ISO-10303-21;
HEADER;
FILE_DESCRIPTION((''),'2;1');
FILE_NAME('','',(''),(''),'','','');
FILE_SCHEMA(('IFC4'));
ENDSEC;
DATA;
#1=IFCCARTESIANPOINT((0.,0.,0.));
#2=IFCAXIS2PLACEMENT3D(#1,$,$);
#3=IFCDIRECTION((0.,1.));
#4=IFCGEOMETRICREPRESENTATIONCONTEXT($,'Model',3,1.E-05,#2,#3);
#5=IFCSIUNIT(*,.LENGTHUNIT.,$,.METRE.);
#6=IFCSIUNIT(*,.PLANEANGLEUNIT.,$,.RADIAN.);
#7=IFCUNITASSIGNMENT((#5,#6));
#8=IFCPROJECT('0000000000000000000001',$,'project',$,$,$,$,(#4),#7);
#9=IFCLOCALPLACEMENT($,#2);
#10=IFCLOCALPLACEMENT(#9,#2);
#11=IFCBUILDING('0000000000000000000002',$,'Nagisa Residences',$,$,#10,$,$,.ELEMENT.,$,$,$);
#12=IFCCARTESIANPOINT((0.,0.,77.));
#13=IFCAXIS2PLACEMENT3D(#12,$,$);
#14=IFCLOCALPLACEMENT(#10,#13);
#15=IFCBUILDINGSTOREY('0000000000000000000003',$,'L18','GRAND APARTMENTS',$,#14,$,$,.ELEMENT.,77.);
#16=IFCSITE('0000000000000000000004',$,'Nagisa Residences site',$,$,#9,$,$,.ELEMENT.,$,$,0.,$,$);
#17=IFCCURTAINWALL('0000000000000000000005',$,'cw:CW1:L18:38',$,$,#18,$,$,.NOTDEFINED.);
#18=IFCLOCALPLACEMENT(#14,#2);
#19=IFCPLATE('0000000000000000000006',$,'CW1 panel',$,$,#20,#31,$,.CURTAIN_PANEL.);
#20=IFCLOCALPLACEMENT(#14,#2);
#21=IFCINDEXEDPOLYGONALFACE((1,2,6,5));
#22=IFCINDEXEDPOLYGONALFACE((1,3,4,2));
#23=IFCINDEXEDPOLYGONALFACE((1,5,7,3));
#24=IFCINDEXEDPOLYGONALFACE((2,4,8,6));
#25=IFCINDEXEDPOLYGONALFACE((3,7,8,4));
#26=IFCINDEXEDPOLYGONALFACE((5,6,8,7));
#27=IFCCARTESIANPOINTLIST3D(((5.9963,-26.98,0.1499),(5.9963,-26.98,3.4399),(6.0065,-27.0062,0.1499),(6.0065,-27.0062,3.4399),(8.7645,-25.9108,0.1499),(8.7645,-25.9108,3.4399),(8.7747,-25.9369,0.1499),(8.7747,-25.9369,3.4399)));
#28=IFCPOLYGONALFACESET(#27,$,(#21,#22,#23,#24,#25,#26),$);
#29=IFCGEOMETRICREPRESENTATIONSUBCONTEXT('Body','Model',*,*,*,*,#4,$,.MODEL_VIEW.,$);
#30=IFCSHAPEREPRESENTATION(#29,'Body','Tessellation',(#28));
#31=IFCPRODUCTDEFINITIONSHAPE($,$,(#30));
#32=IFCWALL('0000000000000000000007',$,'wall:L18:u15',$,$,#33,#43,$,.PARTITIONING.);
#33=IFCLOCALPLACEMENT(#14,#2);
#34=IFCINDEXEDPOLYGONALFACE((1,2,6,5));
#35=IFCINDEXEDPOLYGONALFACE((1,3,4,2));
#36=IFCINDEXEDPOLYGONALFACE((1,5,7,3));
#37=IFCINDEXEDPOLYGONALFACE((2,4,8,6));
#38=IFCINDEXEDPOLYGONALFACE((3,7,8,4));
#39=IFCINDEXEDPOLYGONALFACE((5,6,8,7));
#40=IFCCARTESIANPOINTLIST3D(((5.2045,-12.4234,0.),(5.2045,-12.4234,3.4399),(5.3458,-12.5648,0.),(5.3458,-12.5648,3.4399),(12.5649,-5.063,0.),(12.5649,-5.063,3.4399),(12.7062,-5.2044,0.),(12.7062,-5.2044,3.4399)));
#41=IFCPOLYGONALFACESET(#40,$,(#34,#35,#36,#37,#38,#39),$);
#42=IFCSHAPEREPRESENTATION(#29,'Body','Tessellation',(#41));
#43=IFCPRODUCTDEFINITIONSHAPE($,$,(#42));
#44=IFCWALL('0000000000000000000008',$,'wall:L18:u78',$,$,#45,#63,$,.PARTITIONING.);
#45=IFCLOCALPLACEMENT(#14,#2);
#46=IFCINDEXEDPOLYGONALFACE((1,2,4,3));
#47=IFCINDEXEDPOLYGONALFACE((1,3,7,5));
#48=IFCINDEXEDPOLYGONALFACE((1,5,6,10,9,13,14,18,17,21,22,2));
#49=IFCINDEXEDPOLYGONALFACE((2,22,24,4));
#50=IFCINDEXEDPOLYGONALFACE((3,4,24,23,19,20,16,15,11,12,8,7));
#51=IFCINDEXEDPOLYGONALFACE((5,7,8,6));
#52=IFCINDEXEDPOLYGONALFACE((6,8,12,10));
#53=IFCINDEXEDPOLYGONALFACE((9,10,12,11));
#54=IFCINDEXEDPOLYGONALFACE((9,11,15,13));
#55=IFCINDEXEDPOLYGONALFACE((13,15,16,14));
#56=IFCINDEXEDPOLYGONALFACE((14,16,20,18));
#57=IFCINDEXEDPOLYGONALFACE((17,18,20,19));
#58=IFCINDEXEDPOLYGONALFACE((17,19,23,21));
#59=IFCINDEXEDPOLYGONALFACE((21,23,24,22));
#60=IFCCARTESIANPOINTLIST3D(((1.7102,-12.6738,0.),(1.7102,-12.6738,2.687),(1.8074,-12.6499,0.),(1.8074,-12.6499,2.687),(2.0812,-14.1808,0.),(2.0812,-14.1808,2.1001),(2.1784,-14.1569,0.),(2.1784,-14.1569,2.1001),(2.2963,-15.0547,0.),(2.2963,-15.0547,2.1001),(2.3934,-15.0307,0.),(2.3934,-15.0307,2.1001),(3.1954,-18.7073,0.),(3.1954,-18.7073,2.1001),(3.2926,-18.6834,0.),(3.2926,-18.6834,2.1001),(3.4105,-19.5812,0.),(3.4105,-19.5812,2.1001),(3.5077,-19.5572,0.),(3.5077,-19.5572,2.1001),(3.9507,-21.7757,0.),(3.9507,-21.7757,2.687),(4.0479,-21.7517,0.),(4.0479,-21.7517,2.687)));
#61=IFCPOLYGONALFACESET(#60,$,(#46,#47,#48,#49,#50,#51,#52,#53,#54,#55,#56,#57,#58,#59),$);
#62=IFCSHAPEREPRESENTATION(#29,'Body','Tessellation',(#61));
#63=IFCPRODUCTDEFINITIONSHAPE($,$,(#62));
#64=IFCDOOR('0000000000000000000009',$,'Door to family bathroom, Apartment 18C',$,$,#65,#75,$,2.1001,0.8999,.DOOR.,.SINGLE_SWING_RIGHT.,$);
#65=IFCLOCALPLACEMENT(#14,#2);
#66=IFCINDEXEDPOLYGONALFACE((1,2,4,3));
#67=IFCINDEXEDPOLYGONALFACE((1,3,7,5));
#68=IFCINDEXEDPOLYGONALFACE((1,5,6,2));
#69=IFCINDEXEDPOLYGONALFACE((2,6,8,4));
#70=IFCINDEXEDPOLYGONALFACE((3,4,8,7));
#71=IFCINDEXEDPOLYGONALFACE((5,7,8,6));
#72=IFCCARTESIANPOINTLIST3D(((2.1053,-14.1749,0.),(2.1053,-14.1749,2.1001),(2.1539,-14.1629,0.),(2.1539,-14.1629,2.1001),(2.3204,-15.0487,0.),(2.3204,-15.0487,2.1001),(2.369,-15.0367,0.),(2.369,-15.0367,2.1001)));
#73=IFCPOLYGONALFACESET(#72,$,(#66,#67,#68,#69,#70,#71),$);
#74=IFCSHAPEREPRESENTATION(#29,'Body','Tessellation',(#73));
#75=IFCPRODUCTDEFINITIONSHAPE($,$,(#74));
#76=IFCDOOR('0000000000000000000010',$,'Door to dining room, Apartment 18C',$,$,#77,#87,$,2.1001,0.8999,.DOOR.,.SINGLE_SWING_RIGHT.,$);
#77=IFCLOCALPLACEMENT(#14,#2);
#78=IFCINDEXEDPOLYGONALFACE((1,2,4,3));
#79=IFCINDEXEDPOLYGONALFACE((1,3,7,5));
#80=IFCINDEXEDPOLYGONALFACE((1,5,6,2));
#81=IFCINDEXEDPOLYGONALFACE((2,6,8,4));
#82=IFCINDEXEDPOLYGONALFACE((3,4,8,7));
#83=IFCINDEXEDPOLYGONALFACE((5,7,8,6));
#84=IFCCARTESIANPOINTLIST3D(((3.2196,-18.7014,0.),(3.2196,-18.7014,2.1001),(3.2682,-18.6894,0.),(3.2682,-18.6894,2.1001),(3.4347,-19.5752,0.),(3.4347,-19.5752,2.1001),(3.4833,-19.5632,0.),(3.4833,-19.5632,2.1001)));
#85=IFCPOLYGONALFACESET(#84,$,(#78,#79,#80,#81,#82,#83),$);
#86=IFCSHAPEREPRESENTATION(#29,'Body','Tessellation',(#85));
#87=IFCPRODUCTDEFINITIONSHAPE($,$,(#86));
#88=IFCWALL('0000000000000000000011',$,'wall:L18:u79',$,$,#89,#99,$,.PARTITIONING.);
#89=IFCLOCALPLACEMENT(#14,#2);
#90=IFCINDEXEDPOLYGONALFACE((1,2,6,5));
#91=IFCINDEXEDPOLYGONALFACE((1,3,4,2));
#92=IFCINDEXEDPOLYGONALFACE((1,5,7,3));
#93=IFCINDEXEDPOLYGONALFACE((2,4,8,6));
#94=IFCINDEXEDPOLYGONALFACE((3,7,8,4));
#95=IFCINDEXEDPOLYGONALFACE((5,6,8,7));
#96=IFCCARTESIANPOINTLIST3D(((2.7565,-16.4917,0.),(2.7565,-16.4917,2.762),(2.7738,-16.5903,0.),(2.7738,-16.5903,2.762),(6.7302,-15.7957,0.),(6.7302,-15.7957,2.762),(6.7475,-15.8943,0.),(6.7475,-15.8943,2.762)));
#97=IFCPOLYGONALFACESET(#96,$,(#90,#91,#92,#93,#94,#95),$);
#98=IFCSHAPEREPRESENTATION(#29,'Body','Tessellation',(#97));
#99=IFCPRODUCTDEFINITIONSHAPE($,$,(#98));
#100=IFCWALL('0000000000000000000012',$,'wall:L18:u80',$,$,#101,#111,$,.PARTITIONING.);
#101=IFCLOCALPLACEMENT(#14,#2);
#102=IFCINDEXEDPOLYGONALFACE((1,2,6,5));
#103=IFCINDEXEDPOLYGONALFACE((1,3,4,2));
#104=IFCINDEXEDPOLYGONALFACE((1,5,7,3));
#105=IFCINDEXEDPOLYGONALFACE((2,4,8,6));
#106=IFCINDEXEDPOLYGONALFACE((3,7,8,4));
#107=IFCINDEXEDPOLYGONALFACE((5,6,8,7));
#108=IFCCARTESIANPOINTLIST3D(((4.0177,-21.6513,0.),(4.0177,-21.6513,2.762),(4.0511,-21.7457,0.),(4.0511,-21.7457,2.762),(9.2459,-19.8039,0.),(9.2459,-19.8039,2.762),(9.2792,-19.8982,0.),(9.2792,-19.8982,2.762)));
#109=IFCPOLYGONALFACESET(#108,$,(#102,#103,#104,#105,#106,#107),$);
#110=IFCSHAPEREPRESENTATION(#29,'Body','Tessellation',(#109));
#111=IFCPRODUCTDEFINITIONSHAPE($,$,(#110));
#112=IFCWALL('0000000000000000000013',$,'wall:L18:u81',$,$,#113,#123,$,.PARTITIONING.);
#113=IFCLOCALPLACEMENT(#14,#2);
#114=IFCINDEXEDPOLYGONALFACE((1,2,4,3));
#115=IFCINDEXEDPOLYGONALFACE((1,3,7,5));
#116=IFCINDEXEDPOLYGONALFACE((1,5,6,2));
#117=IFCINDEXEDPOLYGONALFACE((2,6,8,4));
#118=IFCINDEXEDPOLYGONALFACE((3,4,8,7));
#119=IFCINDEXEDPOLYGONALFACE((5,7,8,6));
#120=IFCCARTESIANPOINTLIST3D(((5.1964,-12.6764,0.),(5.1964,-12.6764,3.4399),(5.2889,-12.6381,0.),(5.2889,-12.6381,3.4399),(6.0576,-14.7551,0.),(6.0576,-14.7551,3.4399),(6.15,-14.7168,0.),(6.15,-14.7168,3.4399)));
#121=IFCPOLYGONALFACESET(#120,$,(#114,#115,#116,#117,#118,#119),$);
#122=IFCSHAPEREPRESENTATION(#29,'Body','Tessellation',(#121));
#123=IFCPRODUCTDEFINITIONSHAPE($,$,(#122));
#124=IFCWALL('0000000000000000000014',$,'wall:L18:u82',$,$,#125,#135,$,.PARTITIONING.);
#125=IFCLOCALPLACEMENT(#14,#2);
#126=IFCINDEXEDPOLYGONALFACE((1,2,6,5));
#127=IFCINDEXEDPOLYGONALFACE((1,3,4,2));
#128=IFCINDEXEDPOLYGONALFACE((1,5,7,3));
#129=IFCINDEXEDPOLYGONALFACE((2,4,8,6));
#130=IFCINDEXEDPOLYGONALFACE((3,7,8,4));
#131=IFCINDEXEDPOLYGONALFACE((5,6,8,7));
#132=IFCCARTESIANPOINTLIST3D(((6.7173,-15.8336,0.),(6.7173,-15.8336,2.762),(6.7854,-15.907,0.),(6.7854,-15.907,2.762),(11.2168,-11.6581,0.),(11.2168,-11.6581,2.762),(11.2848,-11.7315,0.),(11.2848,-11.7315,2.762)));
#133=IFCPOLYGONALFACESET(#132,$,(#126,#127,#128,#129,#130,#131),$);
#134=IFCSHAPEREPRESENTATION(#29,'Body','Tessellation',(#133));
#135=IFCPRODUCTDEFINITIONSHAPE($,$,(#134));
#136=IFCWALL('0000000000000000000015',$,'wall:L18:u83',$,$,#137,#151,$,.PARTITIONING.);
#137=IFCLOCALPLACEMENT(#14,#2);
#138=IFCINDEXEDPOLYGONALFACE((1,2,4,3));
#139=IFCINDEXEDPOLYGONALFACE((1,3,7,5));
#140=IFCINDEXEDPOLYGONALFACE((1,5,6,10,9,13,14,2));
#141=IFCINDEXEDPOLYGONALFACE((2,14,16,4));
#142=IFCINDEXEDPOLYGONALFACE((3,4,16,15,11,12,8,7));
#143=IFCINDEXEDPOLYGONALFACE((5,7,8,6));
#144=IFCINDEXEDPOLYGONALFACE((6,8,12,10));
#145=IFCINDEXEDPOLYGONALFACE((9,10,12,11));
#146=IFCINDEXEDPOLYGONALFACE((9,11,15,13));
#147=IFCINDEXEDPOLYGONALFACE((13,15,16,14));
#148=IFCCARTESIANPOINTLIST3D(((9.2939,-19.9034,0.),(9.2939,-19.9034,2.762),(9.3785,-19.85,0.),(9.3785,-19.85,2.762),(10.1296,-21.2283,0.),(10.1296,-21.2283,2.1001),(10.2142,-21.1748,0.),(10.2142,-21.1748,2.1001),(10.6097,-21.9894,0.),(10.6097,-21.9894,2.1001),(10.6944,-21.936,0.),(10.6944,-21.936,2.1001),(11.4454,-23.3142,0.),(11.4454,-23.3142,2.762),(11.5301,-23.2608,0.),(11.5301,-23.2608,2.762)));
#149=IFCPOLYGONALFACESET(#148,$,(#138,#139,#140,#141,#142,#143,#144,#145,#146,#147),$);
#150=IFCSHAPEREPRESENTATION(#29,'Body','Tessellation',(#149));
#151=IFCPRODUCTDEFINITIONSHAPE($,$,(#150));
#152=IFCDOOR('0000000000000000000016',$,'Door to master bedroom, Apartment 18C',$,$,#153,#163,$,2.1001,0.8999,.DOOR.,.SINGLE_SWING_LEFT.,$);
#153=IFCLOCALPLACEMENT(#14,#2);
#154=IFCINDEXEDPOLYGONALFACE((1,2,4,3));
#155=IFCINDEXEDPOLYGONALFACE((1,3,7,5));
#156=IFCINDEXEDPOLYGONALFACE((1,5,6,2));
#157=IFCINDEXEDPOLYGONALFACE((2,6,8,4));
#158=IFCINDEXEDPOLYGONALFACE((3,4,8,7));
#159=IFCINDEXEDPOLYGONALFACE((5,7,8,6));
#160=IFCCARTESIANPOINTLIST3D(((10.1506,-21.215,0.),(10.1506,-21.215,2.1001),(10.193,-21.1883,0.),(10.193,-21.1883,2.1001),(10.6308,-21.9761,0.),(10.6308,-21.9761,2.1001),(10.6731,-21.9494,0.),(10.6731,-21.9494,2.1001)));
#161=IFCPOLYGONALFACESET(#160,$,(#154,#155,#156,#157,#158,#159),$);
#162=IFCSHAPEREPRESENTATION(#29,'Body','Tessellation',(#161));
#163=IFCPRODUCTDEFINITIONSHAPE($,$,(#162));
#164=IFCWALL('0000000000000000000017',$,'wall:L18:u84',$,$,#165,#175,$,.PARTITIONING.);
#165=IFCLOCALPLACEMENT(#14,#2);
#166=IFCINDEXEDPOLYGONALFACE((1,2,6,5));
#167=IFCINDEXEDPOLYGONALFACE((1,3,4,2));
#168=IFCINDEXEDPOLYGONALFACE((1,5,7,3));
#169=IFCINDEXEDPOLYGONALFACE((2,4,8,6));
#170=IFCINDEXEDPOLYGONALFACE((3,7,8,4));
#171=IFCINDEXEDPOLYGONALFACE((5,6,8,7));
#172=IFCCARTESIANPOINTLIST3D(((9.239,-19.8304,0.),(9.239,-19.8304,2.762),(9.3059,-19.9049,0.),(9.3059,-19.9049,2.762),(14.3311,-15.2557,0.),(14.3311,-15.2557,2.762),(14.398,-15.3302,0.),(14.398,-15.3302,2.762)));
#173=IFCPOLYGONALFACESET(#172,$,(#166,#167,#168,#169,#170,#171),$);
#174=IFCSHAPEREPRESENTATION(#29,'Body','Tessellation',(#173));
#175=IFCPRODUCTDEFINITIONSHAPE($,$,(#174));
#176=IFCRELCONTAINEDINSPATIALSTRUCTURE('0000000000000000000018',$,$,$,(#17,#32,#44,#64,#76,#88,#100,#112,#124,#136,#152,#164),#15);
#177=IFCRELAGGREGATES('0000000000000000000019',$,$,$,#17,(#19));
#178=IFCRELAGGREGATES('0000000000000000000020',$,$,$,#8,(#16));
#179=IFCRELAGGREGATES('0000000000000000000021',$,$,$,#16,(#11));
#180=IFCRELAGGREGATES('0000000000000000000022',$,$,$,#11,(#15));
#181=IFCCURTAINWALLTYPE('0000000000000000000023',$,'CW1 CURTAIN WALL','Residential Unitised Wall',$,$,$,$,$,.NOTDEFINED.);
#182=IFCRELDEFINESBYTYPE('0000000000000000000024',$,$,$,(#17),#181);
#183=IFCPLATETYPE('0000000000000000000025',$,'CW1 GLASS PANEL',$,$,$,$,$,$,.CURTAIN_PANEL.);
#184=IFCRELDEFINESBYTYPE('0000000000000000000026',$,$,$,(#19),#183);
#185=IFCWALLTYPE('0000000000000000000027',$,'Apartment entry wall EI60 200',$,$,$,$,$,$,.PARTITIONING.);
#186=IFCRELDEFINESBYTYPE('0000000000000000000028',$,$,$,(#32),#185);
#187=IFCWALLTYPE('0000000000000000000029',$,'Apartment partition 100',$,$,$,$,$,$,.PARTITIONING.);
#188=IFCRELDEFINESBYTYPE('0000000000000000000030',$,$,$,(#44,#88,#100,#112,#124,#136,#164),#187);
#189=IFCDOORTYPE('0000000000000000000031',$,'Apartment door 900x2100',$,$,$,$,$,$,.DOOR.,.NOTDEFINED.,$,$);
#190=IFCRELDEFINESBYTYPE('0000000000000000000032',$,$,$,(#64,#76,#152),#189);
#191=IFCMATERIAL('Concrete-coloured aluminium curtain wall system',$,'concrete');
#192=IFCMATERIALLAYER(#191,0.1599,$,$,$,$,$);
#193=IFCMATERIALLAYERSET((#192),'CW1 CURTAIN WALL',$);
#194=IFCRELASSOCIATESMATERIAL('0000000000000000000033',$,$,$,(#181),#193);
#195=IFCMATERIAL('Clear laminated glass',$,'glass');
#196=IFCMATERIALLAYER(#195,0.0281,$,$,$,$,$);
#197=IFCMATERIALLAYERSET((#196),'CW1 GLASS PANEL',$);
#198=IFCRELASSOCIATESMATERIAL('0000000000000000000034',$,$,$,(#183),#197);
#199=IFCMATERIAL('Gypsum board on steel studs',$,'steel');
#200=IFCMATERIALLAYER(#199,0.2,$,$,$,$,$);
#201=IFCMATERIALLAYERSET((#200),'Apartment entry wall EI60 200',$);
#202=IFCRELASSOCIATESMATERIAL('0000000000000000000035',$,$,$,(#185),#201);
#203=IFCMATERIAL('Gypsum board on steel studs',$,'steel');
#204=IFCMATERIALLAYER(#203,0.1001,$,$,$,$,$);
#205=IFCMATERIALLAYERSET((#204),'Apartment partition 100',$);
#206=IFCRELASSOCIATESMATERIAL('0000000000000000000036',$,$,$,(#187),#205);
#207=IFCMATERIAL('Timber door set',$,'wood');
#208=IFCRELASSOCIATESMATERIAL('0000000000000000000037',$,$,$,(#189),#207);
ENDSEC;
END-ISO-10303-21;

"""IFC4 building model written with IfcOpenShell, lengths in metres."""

from ifc_helpers import new_model, si_unit, direction, frame, frame_2d, origin, origin_2d, place, context, subcontext, project, spatial, rectangle, extrude, material, layer, layer_set, type_object, element, fill, aggregate, save


model = new_model("IFC4")

# Units and contexts
model_context = context("Model", 3, precision=1e-05, world=origin(), true_north=direction((0.0, 1.0)))
body_context = subcontext(model_context, "Body", "Model", "MODEL_VIEW")
ifc_project = project(units=[si_unit("LENGTHUNIT", "METRE"), si_unit("PLANEANGLEUNIT", "RADIAN")], contexts=[model_context])

# Site, building, storey
site_placement = place(None, origin())
site = spatial("IfcSite", under=ifc_project, at=site_placement, Name="Nagisa Residences site", CompositionType="ELEMENT", RefElevation=0.0)
building_placement = place(site_placement, origin())
building = spatial("IfcBuilding", under=site, at=building_placement, Name="Nagisa Residences", CompositionType="ELEMENT")
storey_placement = place(building_placement, frame((0.0, 0.0, 77.0)))
storey = spatial("IfcBuildingStorey", under=building, at=storey_placement, Name="L18", Description="GRAND APARTMENTS", CompositionType="ELEMENT", Elevation=77.0)

# Curtain wall
ifc_material_1 = material(Name="Concrete-coloured aluminium curtain wall system", Category="concrete")
ifc_layer_1 = layer(ifc_material_1, 0.1599)
ifc_layer_set_1 = layer_set([ifc_layer_1], Name="CW1 CURTAIN WALL")
curtain_wall_type = type_object("IfcCurtainWallType", Name="CW1 CURTAIN WALL", Description="Residential Unitised Wall", PredefinedType="NOTDEFINED", material=ifc_layer_set_1)
curtain_wall_1_placement = place(storey_placement, origin())
curtain_wall_1 = element("IfcCurtainWall", 1, at=curtain_wall_1_placement, inside=storey, type_object=curtain_wall_type, Name="cw:CW1:L18:38", PredefinedType="NOTDEFINED")

# Plate
ifc_material_2 = material(Name="Clear laminated glass", Category="glass")
ifc_layer_2 = layer(ifc_material_2, 0.0281)
ifc_layer_set_2 = layer_set([ifc_layer_2], Name="CW1 GLASS PANEL")
plate_type = type_object("IfcPlateType", Name="CW1 GLASS PANEL", PredefinedType="CURTAIN_PANEL", material=ifc_layer_set_2)
plate_1_placement = place(storey_placement, frame((7.3855, -26.4585, 0.1499), z_axis=(0.0, 0.0, 1.0), x_axis=(0.932826, 0.360328, 0.0)))
plate_1 = element("IfcPlate", 2, at=plate_1_placement, type_object=plate_type, Name="CW1 panel", PredefinedType="CURTAIN_PANEL", context=body_context, shape_type="SweptSolid", body=[
    extrude(rectangle(XDim=2.9675, YDim=0.0281, at=origin_2d()), origin(), (0.0, 0.0, 1.0), 3.29),
])
aggregate(curtain_wall_1, [plate_1])

# Wall
ifc_material_3 = material(Name="Gypsum board on steel studs", Category="steel")
ifc_layer_3 = layer(ifc_material_3, 0.2)
ifc_layer_set_3 = layer_set([ifc_layer_3], Name="Apartment entry wall EI60 200")
wall_type_1 = type_object("IfcWallType", Name="Apartment entry wall EI60 200", PredefinedType="PARTITIONING", material=ifc_layer_set_3)
wall_1_placement = place(storey_placement, frame((5.2751, -12.4941, 0.0), z_axis=(0.0, 0.0, 1.0), x_axis=(0.707107, 0.707107, 0.0)))
element("IfcWall", 3, at=wall_1_placement, inside=storey, type_object=wall_type_1, Name="wall:L18:u15", PredefinedType="PARTITIONING", context=body_context, shape_type="SweptSolid", body=[
    extrude(rectangle(XDim=10.4092, YDim=0.2, at=frame_2d((5.2046, 0.0))), origin(), (0.0, 0.0, 1.0), 3.4399),
])

# Wall, openings, doors
ifc_material_4 = material(Name="Gypsum board on steel studs", Category="steel")
ifc_layer_4 = layer(ifc_material_4, 0.1001)
ifc_layer_set_4 = layer_set([ifc_layer_4], Name="Apartment partition 100")
wall_type_2 = type_object("IfcWallType", Name="Apartment partition 100", PredefinedType="PARTITIONING", material=ifc_layer_set_4)
wall_2_placement = place(storey_placement, frame((1.7588, -12.6619, 0.0), z_axis=(0.0, 0.0, 1.0), x_axis=(0.239022, -0.971014, 0.0)))
wall_2 = element("IfcWall", 4, at=wall_2_placement, inside=storey, type_object=wall_type_2, Name="wall:L18:u78", PredefinedType="PARTITIONING", context=body_context, shape_type="SweptSolid", body=[
    extrude(rectangle(XDim=9.3735, YDim=0.1001, at=frame_2d((4.6868, 0.0))), origin(), (0.0, 0.0, 1.0), 2.687),
])
opening_1_placement = place(wall_2_placement, frame((1.552, 0.0, 0.0)))
opening_1 = element("IfcOpeningElement", 5, at=opening_1_placement, cuts=wall_2, PredefinedType="OPENING", context=body_context, shape_type="SweptSolid", body=[
    extrude(rectangle(XDim=0.8999, YDim=2.1001, at=frame_2d((0.45, 1.05))), frame((0.0, 0.0601, 0.0), z_axis=(0.0, -1.0, 0.0), x_axis=(1.0, 0.0, 0.0)), (0.0, 0.0, 1.0), 0.1201),
])
opening_2_placement = place(wall_2_placement, frame((6.2136, 0.0, 0.0)))
opening_2 = element("IfcOpeningElement", 6, at=opening_2_placement, cuts=wall_2, PredefinedType="OPENING", context=body_context, shape_type="SweptSolid", body=[
    extrude(rectangle(XDim=0.8999, YDim=2.1001, at=frame_2d((0.45, 1.05))), frame((0.0, 0.0601, 0.0), z_axis=(0.0, -1.0, 0.0), x_axis=(1.0, 0.0, 0.0)), (0.0, 0.0, 1.0), 0.1201),
])
ifc_material_5 = material(Name="Timber door set", Category="wood")
door_type_1 = type_object("IfcDoorType", Name="Apartment door 900x2100", OperationType="NOTDEFINED", PredefinedType="DOOR", material=ifc_material_5)
door_1_placement = place(opening_1_placement, origin())
door_1 = element("IfcDoor", 7, at=door_1_placement, inside=storey, type_object=door_type_1, Name="Door to family bathroom, Apartment 18C", OperationType="SINGLE_SWING_RIGHT", OverallHeight=2.1001, OverallWidth=0.8999, PredefinedType="DOOR", context=body_context, shape_type="SweptSolid", body=[
    extrude(rectangle(XDim=0.8999, YDim=2.1001, at=frame_2d((0.45, 1.05))), frame((0.0, 0.0249, 0.0), z_axis=(0.0, -1.0, 0.0), x_axis=(1.0, 0.0, 0.0)), (0.0, 0.0, 1.0), 0.05),
])
fill(opening_1, door_1)
door_2_placement = place(opening_2_placement, origin())
door_2 = element("IfcDoor", 8, at=door_2_placement, inside=storey, type_object=door_type_1, Name="Door to dining room, Apartment 18C", OperationType="SINGLE_SWING_RIGHT", OverallHeight=2.1001, OverallWidth=0.8999, PredefinedType="DOOR", context=body_context, shape_type="SweptSolid", body=[
    extrude(rectangle(XDim=0.8999, YDim=2.1001, at=frame_2d((0.45, 1.05))), frame((0.0, 0.0249, 0.0), z_axis=(0.0, -1.0, 0.0), x_axis=(1.0, 0.0, 0.0)), (0.0, 0.0, 1.0), 0.05),
])
fill(opening_2, door_2)

# Walls
wall_3_placement = place(storey_placement, frame((2.7651, -16.541, 0.0), z_axis=(0.0, 0.0, 1.0), x_axis=(0.985003, 0.172539, 0.0)))
element("IfcWall", 9, at=wall_3_placement, inside=storey, type_object=wall_type_2, Name="wall:L18:u79", PredefinedType="PARTITIONING", context=body_context, shape_type="SweptSolid", body=[
    extrude(rectangle(XDim=4.0342, YDim=0.1001, at=frame_2d((2.0171, 0.0))), origin(), (0.0, 0.0, 1.0), 2.762),
])
wall_4_placement = place(storey_placement, frame((4.0344, -21.6985, 0.0), z_axis=(0.0, 0.0, 1.0), x_axis=(0.942864, 0.333177, 0.0)))
element("IfcWall", 10, at=wall_4_placement, inside=storey, type_object=wall_type_2, Name="wall:L18:u80", PredefinedType="PARTITIONING", context=body_context, shape_type="SweptSolid", body=[
    extrude(rectangle(XDim=5.5449, YDim=0.1001, at=frame_2d((2.7725, 0.0))), origin(), (0.0, 0.0, 1.0), 2.762),
])
wall_5_placement = place(storey_placement, frame((5.2427, -12.6572, 0.0), z_axis=(0.0, 0.0, 1.0), x_axis=(0.382719, -0.923865, 0.0)))
element("IfcWall", 11, at=wall_5_placement, inside=storey, type_object=wall_type_2, Name="wall:L18:u81", PredefinedType="PARTITIONING", context=body_context, shape_type="SweptSolid", body=[
    extrude(rectangle(XDim=2.25, YDim=0.1001, at=frame_2d((1.125, 0.0))), origin(), (0.0, 0.0, 1.0), 3.4399),
])
wall_6_placement = place(storey_placement, frame((6.7512, -15.8704, 0.0), z_axis=(0.0, 0.0, 1.0), x_axis=(0.733003, 0.680225, 0.0)))
element("IfcWall", 12, at=wall_6_placement, inside=storey, type_object=wall_type_2, Name="wall:L18:u82", PredefinedType="PARTITIONING", context=body_context, shape_type="SweptSolid", body=[
    extrude(rectangle(XDim=6.1384, YDim=0.1001, at=frame_2d((3.0693, 0.0))), origin(), (0.0, 0.0, 1.0), 2.762),
])

# Wall, opening, door
wall_7_placement = place(storey_placement, frame((9.3362, -19.8767, 0.0), z_axis=(0.0, 0.0, 1.0), x_axis=(0.533526, -0.845784, 0.0)))
wall_7 = element("IfcWall", 13, at=wall_7_placement, inside=storey, type_object=wall_type_2, Name="wall:L18:u83", PredefinedType="PARTITIONING", context=body_context, shape_type="SweptSolid", body=[
    extrude(rectangle(XDim=4.0327, YDim=0.1001, at=frame_2d((2.0164, 0.0))), origin(), (0.0, 0.0, 1.0), 2.762),
])
opening_3_placement = place(wall_7_placement, frame((1.5664, 0.0, 0.0)))
opening_3 = element("IfcOpeningElement", 14, at=opening_3_placement, cuts=wall_7, PredefinedType="OPENING", context=body_context, shape_type="SweptSolid", body=[
    extrude(rectangle(XDim=0.8999, YDim=2.1001, at=frame_2d((0.45, 1.05))), frame((0.0, 0.0601, 0.0), z_axis=(0.0, -1.0, 0.0), x_axis=(1.0, 0.0, 0.0)), (0.0, 0.0, 1.0), 0.1201),
])
door_3_placement = place(opening_3_placement, origin())
door_3 = element("IfcDoor", 15, at=door_3_placement, inside=storey, type_object=door_type_1, Name="Door to master bedroom, Apartment 18C", OperationType="SINGLE_SWING_LEFT", OverallHeight=2.1001, OverallWidth=0.8999, PredefinedType="DOOR", context=body_context, shape_type="SweptSolid", body=[
    extrude(rectangle(XDim=0.8999, YDim=2.1001, at=frame_2d((0.45, 1.05))), frame((0.0, 0.0249, 0.0), z_axis=(0.0, -1.0, 0.0), x_axis=(1.0, 0.0, 0.0)), (0.0, 0.0, 1.0), 0.05),
])
fill(opening_3, door_3)

# Wall
wall_8_placement = place(storey_placement, frame((9.2725, -19.8677, 0.0), z_axis=(0.0, 0.0, 1.0), x_axis=(0.743884, 0.668308, 0.0)))
element("IfcWall", 16, at=wall_8_placement, inside=storey, type_object=wall_type_2, Name="wall:L18:u84", PredefinedType="PARTITIONING", context=body_context, shape_type="SweptSolid", body=[
    extrude(rectangle(XDim=6.8452, YDim=0.1001, at=frame_2d((3.4226, 0.0))), origin(), (0.0, 0.0, 1.0), 2.762),
])

save(model, "model.ifc")
